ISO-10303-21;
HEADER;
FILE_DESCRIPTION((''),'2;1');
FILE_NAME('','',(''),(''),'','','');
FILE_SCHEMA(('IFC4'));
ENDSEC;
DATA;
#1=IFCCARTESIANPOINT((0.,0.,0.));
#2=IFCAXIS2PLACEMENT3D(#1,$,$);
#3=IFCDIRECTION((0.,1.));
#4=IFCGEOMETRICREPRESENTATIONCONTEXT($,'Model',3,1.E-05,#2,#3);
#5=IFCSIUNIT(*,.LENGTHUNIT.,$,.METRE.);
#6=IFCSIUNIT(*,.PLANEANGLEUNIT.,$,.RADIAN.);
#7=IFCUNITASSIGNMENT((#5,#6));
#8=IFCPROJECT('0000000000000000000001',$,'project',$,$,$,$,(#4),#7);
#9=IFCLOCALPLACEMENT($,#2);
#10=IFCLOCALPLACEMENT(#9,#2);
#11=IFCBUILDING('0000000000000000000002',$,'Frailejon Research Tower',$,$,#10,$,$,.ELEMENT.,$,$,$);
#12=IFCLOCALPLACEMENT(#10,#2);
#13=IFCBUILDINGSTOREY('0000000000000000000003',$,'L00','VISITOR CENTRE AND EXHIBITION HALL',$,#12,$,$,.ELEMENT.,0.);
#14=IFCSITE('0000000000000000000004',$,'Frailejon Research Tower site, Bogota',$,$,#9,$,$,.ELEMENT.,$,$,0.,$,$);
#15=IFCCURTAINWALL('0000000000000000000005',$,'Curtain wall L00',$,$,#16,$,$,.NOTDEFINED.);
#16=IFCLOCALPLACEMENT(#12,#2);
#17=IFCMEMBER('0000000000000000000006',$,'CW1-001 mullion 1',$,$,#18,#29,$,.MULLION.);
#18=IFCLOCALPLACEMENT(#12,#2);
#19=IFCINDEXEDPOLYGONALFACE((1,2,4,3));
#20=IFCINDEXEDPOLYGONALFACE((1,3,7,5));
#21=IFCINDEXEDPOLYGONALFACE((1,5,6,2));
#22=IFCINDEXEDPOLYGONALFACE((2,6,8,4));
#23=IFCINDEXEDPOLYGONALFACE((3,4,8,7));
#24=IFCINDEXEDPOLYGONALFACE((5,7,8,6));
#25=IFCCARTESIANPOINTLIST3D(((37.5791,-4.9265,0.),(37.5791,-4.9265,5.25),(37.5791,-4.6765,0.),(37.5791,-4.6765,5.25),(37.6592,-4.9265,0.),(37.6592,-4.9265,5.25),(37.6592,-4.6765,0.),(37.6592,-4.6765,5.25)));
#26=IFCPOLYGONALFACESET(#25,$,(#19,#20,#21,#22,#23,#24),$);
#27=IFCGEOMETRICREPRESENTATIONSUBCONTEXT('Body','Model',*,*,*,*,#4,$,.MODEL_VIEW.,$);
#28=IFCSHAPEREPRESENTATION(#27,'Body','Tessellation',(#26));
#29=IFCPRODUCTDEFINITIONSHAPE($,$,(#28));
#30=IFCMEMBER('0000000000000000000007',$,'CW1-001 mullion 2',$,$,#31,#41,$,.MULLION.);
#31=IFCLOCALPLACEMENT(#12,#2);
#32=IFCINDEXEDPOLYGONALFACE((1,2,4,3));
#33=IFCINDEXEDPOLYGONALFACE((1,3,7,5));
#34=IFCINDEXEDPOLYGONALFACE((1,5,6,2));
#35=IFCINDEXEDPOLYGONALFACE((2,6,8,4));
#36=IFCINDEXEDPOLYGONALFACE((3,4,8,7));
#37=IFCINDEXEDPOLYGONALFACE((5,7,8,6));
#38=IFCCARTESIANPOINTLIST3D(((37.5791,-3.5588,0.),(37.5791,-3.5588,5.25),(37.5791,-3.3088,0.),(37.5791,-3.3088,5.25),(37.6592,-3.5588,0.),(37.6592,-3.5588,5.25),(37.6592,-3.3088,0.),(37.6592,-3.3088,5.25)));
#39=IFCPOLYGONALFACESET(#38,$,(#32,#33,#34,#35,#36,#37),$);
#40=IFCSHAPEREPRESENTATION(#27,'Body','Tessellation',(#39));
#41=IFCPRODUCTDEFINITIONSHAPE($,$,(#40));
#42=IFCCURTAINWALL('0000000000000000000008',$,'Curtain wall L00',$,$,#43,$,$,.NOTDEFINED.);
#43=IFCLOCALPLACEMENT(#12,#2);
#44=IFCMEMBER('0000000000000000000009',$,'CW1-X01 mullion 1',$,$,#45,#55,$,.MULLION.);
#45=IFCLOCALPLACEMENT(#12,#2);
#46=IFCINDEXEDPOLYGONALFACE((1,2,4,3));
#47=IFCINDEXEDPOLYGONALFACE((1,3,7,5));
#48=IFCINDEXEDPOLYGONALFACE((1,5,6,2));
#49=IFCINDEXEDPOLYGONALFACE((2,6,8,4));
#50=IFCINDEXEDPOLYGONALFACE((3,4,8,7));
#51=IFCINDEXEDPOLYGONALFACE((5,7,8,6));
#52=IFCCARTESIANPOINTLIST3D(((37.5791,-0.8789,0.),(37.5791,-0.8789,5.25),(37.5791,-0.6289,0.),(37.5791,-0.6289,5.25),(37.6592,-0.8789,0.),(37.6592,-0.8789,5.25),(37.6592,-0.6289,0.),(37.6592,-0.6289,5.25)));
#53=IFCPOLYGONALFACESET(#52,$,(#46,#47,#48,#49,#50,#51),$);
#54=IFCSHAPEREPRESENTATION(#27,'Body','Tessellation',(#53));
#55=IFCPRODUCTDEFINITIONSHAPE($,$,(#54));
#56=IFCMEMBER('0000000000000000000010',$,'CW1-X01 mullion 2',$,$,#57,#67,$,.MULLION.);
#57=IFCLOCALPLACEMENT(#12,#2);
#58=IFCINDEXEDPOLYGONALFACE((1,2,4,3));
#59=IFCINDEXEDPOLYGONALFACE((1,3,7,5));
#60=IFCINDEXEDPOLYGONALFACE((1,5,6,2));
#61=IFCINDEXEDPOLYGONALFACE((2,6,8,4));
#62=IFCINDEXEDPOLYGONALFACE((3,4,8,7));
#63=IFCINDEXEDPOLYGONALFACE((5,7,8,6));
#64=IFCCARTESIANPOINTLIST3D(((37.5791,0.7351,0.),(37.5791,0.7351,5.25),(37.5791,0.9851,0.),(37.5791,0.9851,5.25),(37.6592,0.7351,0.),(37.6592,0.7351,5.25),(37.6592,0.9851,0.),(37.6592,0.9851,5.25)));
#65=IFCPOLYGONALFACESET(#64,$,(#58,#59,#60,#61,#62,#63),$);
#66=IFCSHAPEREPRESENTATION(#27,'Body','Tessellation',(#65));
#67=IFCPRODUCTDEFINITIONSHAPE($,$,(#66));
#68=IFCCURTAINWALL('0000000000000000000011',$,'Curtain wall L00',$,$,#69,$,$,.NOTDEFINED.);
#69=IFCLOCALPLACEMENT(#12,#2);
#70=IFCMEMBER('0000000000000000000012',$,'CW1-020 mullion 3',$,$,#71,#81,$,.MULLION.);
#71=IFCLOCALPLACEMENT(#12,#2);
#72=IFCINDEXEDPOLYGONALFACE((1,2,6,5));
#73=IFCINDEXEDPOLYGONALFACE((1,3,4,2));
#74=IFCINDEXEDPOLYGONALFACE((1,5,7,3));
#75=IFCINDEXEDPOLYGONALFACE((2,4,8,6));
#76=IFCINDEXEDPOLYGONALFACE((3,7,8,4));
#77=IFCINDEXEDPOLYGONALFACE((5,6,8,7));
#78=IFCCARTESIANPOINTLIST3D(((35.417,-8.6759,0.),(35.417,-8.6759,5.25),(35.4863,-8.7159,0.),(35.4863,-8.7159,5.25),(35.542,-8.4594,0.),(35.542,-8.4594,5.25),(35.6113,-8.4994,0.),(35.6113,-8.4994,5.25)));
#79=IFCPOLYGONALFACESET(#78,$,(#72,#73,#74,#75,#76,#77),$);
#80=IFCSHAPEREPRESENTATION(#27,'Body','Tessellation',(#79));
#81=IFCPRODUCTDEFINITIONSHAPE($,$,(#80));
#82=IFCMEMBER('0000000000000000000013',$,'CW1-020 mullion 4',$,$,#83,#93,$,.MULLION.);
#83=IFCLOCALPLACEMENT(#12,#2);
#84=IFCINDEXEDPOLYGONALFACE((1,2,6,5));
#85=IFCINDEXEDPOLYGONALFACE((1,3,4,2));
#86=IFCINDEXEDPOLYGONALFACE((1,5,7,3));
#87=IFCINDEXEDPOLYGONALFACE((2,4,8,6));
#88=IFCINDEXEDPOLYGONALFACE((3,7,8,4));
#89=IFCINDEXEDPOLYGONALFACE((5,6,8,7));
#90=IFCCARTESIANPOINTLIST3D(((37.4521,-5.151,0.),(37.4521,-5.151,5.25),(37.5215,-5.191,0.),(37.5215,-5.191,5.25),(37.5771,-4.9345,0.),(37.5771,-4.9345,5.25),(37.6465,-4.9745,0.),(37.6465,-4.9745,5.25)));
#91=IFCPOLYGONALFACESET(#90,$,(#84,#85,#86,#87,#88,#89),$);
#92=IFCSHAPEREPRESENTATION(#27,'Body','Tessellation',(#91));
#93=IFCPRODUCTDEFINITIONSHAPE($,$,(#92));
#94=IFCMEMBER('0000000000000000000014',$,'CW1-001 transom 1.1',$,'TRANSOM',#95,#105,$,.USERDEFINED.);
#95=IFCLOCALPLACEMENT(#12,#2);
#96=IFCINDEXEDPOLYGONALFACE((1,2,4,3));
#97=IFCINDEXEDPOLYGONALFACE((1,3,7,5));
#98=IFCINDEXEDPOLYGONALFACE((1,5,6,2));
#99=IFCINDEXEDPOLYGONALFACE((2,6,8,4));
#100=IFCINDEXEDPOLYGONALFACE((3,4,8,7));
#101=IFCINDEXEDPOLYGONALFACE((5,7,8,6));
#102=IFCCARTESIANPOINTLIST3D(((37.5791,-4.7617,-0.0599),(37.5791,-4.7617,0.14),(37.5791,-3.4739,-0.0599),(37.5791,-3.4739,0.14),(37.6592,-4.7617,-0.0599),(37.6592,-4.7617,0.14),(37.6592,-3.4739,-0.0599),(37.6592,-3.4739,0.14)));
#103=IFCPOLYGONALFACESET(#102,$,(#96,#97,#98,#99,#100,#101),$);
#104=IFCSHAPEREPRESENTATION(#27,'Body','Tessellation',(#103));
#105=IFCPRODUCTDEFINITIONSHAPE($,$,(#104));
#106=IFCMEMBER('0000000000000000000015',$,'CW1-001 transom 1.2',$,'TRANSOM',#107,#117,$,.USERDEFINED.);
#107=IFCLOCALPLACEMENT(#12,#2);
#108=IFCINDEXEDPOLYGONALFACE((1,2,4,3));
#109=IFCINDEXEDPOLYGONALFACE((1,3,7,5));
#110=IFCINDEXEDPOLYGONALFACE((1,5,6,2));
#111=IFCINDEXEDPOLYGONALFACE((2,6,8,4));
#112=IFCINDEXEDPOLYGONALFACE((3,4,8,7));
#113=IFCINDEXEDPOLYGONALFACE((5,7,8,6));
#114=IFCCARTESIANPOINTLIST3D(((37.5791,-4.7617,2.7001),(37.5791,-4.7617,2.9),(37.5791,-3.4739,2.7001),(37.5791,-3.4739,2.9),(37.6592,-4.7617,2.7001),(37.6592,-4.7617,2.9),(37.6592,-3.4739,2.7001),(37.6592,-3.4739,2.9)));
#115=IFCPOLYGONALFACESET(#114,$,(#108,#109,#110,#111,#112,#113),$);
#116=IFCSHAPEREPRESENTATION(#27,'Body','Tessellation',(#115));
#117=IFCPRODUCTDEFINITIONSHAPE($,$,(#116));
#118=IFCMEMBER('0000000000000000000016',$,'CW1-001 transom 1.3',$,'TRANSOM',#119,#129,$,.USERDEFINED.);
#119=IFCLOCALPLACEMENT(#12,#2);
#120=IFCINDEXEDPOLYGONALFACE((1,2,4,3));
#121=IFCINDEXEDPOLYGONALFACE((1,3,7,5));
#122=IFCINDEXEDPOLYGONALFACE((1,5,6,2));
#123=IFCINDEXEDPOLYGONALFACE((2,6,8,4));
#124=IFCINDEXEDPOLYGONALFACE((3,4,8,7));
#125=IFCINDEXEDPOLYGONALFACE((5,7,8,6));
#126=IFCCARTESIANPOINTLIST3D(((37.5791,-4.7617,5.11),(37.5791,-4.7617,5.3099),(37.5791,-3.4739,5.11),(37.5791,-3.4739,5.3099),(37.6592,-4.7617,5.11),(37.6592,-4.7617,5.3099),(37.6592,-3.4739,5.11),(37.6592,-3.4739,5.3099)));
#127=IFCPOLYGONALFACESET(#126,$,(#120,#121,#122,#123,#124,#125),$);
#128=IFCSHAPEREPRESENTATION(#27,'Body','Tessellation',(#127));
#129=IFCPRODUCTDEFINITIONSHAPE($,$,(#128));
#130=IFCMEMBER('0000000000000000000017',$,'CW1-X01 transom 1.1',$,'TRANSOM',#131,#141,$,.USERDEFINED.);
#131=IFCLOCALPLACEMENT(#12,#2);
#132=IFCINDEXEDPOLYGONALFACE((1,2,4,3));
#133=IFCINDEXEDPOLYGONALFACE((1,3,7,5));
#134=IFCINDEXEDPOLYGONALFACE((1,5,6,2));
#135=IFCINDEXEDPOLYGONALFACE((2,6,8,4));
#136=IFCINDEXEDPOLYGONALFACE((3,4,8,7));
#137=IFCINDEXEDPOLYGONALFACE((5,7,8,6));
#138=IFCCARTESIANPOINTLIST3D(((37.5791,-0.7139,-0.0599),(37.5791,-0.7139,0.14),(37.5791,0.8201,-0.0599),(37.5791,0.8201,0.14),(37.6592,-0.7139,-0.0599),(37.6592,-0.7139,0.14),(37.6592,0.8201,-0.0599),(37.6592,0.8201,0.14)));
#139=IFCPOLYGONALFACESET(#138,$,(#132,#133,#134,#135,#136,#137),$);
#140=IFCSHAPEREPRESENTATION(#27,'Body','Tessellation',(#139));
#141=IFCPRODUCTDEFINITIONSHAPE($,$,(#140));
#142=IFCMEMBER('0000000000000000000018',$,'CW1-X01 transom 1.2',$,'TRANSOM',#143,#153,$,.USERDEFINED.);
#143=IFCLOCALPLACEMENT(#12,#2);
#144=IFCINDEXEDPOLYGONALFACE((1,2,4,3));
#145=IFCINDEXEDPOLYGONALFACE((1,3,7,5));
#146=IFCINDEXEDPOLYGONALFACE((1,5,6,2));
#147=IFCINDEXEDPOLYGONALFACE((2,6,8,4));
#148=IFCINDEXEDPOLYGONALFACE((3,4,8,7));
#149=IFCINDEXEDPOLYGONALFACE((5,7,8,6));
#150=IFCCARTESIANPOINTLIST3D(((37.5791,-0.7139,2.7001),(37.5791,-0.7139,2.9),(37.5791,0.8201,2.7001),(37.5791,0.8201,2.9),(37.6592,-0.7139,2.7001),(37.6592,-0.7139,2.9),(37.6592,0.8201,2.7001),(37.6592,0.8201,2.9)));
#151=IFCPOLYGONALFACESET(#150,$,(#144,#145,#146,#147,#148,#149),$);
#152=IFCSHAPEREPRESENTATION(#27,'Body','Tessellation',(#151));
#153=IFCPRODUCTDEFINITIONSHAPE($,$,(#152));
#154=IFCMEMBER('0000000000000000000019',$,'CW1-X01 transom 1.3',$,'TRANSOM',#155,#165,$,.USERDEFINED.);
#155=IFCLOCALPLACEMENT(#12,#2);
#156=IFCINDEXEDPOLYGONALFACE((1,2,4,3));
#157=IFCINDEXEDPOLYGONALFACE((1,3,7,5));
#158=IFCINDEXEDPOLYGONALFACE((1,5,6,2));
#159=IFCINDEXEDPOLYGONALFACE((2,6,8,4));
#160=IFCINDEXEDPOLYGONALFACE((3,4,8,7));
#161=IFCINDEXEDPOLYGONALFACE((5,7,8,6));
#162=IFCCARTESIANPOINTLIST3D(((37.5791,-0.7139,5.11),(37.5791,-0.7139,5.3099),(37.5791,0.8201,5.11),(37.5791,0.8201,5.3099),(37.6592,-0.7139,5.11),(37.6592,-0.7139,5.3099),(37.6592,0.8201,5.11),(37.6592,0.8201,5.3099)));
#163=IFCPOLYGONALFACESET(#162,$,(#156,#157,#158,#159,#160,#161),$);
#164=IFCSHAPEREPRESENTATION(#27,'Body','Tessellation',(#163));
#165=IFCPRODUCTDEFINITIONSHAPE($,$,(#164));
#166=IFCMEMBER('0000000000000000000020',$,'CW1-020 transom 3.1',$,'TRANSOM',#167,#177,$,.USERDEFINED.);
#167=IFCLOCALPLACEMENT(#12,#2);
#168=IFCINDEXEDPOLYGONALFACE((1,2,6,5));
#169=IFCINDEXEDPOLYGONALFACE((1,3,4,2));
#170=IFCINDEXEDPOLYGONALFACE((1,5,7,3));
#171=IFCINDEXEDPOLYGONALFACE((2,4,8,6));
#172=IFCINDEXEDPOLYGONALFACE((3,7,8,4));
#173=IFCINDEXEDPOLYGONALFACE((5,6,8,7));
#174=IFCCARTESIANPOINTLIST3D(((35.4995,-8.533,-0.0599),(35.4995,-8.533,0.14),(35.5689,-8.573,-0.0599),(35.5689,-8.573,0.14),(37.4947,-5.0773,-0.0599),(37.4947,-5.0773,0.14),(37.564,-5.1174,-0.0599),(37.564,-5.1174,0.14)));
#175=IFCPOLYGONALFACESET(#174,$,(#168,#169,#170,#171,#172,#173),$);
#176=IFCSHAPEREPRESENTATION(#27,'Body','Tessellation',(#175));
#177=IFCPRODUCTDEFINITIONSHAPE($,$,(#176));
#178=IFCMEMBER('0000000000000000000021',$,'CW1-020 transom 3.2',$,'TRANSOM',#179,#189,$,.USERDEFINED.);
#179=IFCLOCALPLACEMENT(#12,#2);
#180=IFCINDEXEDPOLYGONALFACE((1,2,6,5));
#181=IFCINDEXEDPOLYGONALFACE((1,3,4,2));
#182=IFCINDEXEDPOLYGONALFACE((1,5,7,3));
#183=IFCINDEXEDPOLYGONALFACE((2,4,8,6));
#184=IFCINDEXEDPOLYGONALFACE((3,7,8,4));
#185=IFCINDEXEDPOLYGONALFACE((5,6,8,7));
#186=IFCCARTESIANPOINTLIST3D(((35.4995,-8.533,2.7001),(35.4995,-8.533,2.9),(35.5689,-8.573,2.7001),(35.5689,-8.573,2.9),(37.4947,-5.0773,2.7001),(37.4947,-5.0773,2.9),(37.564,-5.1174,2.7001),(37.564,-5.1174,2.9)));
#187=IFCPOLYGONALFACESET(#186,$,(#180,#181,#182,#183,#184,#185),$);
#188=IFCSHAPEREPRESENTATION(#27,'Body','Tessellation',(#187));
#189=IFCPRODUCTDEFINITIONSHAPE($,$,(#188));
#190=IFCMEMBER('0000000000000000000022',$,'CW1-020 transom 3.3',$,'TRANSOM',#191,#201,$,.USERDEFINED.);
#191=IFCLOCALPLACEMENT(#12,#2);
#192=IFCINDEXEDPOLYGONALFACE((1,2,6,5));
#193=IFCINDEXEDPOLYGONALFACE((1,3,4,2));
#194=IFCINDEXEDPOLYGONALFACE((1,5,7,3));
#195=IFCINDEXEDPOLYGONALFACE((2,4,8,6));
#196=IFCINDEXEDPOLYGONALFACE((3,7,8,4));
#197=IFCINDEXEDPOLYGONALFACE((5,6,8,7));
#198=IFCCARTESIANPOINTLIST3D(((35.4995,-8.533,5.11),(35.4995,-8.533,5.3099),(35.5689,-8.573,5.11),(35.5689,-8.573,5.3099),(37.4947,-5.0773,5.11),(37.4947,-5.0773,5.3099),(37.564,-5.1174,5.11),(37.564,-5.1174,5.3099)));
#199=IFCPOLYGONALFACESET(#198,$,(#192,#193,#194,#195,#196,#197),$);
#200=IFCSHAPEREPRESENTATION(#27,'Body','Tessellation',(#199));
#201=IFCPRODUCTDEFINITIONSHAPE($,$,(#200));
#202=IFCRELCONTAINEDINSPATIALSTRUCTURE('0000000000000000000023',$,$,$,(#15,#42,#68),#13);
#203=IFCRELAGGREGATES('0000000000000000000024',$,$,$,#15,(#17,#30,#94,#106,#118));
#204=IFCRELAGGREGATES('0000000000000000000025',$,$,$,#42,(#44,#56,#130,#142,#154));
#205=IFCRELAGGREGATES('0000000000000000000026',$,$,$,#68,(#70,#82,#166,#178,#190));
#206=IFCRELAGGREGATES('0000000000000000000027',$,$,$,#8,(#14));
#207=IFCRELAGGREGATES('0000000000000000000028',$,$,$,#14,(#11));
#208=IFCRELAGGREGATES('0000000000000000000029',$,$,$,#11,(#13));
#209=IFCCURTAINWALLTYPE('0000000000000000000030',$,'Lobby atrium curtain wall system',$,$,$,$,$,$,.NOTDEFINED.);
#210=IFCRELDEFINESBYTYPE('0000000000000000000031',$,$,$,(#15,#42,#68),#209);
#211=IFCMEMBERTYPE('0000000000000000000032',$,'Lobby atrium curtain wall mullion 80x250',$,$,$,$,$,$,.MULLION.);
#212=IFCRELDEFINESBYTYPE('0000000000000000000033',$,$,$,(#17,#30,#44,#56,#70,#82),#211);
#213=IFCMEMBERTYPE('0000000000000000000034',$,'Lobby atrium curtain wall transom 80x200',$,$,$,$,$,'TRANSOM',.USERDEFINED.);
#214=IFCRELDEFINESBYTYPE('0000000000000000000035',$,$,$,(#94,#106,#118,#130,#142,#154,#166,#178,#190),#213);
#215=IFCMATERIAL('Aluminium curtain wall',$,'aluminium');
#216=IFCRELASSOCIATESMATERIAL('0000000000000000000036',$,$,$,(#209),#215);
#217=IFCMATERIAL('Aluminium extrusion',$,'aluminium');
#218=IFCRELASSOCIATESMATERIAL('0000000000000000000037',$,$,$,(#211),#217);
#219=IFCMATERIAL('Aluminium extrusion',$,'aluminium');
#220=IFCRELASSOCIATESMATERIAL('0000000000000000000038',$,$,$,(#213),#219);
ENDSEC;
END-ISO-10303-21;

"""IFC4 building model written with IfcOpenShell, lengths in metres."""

from ifc_helpers import new_model, si_unit, direction, frame, origin, origin_2d, place, context, subcontext, project, spatial, rectangle, extrude, material, material_profile, profile_set, type_object, element, aggregate, save


model = new_model("IFC4")

# Units and contexts
model_context = context("Model", 3, precision=1e-05, world=origin(), true_north=direction((0.0, 1.0)))
body_context = subcontext(model_context, "Body", "Model", "MODEL_VIEW")
ifc_project = project(units=[si_unit("LENGTHUNIT", "METRE"), si_unit("PLANEANGLEUNIT", "RADIAN")], contexts=[model_context])

# Site, building, storey
site_placement = place(None, origin())
site = spatial("IfcSite", under=ifc_project, at=site_placement, Name="Frailejon Research Tower site, Bogota", CompositionType="ELEMENT", RefElevation=0.0)
building_placement = place(site_placement, origin())
building = spatial("IfcBuilding", under=site, at=building_placement, Name="Frailejon Research Tower", CompositionType="ELEMENT")
storey_placement = place(building_placement, origin())
storey = spatial("IfcBuildingStorey", under=building, at=storey_placement, Name="L00", Description="VISITOR CENTRE AND EXHIBITION HALL", CompositionType="ELEMENT", Elevation=0.0)

# Curtain walls, members
ifc_material_1 = material(Name="Aluminium curtain wall", Category="aluminium")
curtain_wall_type = type_object("IfcCurtainWallType", Name="Lobby atrium curtain wall system", PredefinedType="NOTDEFINED", material=ifc_material_1)
curtain_wall_1_placement = place(storey_placement, origin())
curtain_wall_1 = element("IfcCurtainWall", 1, at=curtain_wall_1_placement, inside=storey, type_object=curtain_wall_type, Name="Curtain wall L00", PredefinedType="NOTDEFINED")
ifc_material_2 = material(Name="Aluminium extrusion", Category="aluminium")
ifc_material_profile_1 = material_profile(ifc_material_2, rectangle(XDim=0.0801, YDim=0.25, at=origin_2d()), Name="Lobby atrium curtain wall mullion 80x250")
ifc_profile_set_1 = profile_set([ifc_material_profile_1], Name="Aluminium extrusion")
member_type_1 = type_object("IfcMemberType", Name="Lobby atrium curtain wall mullion 80x250", PredefinedType="MULLION", material=ifc_profile_set_1)
member_1_placement = place(storey_placement, frame((37.6191, -4.8015, 0.0), z_axis=(0.0, 0.0, 1.0), x_axis=(-1.0, 0.0, 0.0)))
member_1 = element("IfcMember", 2, at=member_1_placement, type_object=member_type_1, Name="CW1-001 mullion 1", PredefinedType="MULLION", context=body_context, shape_type="SweptSolid", body=[
    extrude(rectangle(XDim=0.0801, YDim=0.25, at=origin_2d()), origin(), (0.0, 0.0, 1.0), 5.25),
])
member_2_placement = place(storey_placement, frame((37.6191, -3.4338, 0.0), z_axis=(0.0, 0.0, 1.0), x_axis=(-1.0, 0.0, 0.0)))
member_2 = element("IfcMember", 3, at=member_2_placement, type_object=member_type_1, Name="CW1-001 mullion 2", PredefinedType="MULLION", context=body_context, shape_type="SweptSolid", body=[
    extrude(rectangle(XDim=0.0801, YDim=0.25, at=origin_2d()), origin(), (0.0, 0.0, 1.0), 5.25),
])
curtain_wall_2_placement = place(storey_placement, origin())
curtain_wall_2 = element("IfcCurtainWall", 4, at=curtain_wall_2_placement, inside=storey, type_object=curtain_wall_type, Name="Curtain wall L00", PredefinedType="NOTDEFINED")
member_3_placement = place(storey_placement, frame((37.6191, -0.7539, 0.0), z_axis=(0.0, 0.0, 1.0), x_axis=(-1.0, 0.0, 0.0)))
member_3 = element("IfcMember", 5, at=member_3_placement, type_object=member_type_1, Name="CW1-X01 mullion 1", PredefinedType="MULLION", context=body_context, shape_type="SweptSolid", body=[
    extrude(rectangle(XDim=0.0801, YDim=0.25, at=origin_2d()), origin(), (0.0, 0.0, 1.0), 5.25),
])
member_4_placement = place(storey_placement, frame((37.6191, 0.8601, 0.0), z_axis=(0.0, 0.0, 1.0), x_axis=(-1.0, 0.0, 0.0)))
member_4 = element("IfcMember", 6, at=member_4_placement, type_object=member_type_1, Name="CW1-X01 mullion 2", PredefinedType="MULLION", context=body_context, shape_type="SweptSolid", body=[
    extrude(rectangle(XDim=0.0801, YDim=0.25, at=origin_2d()), origin(), (0.0, 0.0, 1.0), 5.25),
])
curtain_wall_3_placement = place(storey_placement, origin())
curtain_wall_3 = element("IfcCurtainWall", 7, at=curtain_wall_3_placement, inside=storey, type_object=curtain_wall_type, Name="Curtain wall L00", PredefinedType="NOTDEFINED")
member_5_placement = place(storey_placement, frame((35.5142, -8.5876, 0.0), z_axis=(0.0, 0.0, 1.0), x_axis=(-0.866026, 0.5, 0.0)))
member_5 = element("IfcMember", 8, at=member_5_placement, type_object=member_type_1, Name="CW1-020 mullion 3", PredefinedType="MULLION", context=body_context, shape_type="SweptSolid", body=[
    extrude(rectangle(XDim=0.0801, YDim=0.25, at=origin_2d()), origin(), (0.0, 0.0, 1.0), 5.25),
])
member_6_placement = place(storey_placement, frame((37.5493, -5.0627, 0.0), z_axis=(0.0, 0.0, 1.0), x_axis=(-0.866026, 0.5, 0.0)))
member_6 = element("IfcMember", 9, at=member_6_placement, type_object=member_type_1, Name="CW1-020 mullion 4", PredefinedType="MULLION", context=body_context, shape_type="SweptSolid", body=[
    extrude(rectangle(XDim=0.0801, YDim=0.25, at=origin_2d()), origin(), (0.0, 0.0, 1.0), 5.25),
])

# Members
ifc_material_3 = material(Name="Aluminium extrusion", Category="aluminium")
ifc_material_profile_2 = material_profile(ifc_material_3, rectangle(XDim=0.0801, YDim=0.2, at=origin_2d()), Name="Lobby atrium curtain wall transom 80x200")
ifc_profile_set_2 = profile_set([ifc_material_profile_2], Name="Aluminium extrusion")
member_type_2 = type_object("IfcMemberType", Name="Lobby atrium curtain wall transom 80x200", ElementType="TRANSOM", PredefinedType="USERDEFINED", material=ifc_profile_set_2)
member_7_placement = place(storey_placement, frame((37.6191, -4.7617, 0.04), z_axis=(0.0, 1.0, 0.0), x_axis=(-1.0, 0.0, 0.0)))
member_7 = element("IfcMember", 10, at=member_7_placement, type_object=member_type_2, Name="CW1-001 transom 1.1", ObjectType="TRANSOM", PredefinedType="USERDEFINED", context=body_context, shape_type="SweptSolid", body=[
    extrude(rectangle(XDim=0.0801, YDim=0.2, at=origin_2d()), origin(), (0.0, 0.0, 1.0), 1.2878),
])
member_8_placement = place(storey_placement, frame((37.6191, -4.7617, 2.8), z_axis=(0.0, 1.0, 0.0), x_axis=(-1.0, 0.0, 0.0)))
member_8 = element("IfcMember", 11, at=member_8_placement, type_object=member_type_2, Name="CW1-001 transom 1.2", ObjectType="TRANSOM", PredefinedType="USERDEFINED", context=body_context, shape_type="SweptSolid", body=[
    extrude(rectangle(XDim=0.0801, YDim=0.2, at=origin_2d()), origin(), (0.0, 0.0, 1.0), 1.2878),
])
member_9_placement = place(storey_placement, frame((37.6191, -4.7617, 5.21), z_axis=(0.0, 1.0, 0.0), x_axis=(-1.0, 0.0, 0.0)))
member_9 = element("IfcMember", 12, at=member_9_placement, type_object=member_type_2, Name="CW1-001 transom 1.3", ObjectType="TRANSOM", PredefinedType="USERDEFINED", context=body_context, shape_type="SweptSolid", body=[
    extrude(rectangle(XDim=0.0801, YDim=0.2, at=origin_2d()), origin(), (0.0, 0.0, 1.0), 1.2878),
])
member_10_placement = place(storey_placement, frame((37.6191, -0.7139, 0.04), z_axis=(0.0, 1.0, 0.0), x_axis=(-1.0, 0.0, 0.0)))
member_10 = element("IfcMember", 13, at=member_10_placement, type_object=member_type_2, Name="CW1-X01 transom 1.1", ObjectType="TRANSOM", PredefinedType="USERDEFINED", context=body_context, shape_type="SweptSolid", body=[
    extrude(rectangle(XDim=0.0801, YDim=0.2, at=origin_2d()), origin(), (0.0, 0.0, 1.0), 1.5339),
])
member_11_placement = place(storey_placement, frame((37.6191, -0.7139, 2.8), z_axis=(0.0, 1.0, 0.0), x_axis=(-1.0, 0.0, 0.0)))
member_11 = element("IfcMember", 14, at=member_11_placement, type_object=member_type_2, Name="CW1-X01 transom 1.2", ObjectType="TRANSOM", PredefinedType="USERDEFINED", context=body_context, shape_type="SweptSolid", body=[
    extrude(rectangle(XDim=0.0801, YDim=0.2, at=origin_2d()), origin(), (0.0, 0.0, 1.0), 1.5339),
])
member_12_placement = place(storey_placement, frame((37.6191, -0.7139, 5.21), z_axis=(0.0, 1.0, 0.0), x_axis=(-1.0, 0.0, 0.0)))
member_12 = element("IfcMember", 15, at=member_12_placement, type_object=member_type_2, Name="CW1-X01 transom 1.3", ObjectType="TRANSOM", PredefinedType="USERDEFINED", context=body_context, shape_type="SweptSolid", body=[
    extrude(rectangle(XDim=0.0801, YDim=0.2, at=origin_2d()), origin(), (0.0, 0.0, 1.0), 1.5339),
])
member_13_placement = place(storey_placement, frame((35.5342, -8.553, 0.04), z_axis=(0.500008, 0.866021, 0.0), x_axis=(-0.866021, 0.500008, 0.0)))
member_13 = element("IfcMember", 16, at=member_13_placement, type_object=member_type_2, Name="CW1-020 transom 3.1", ObjectType="TRANSOM", PredefinedType="USERDEFINED", context=body_context, shape_type="SweptSolid", body=[
    extrude(rectangle(XDim=0.0801, YDim=0.2, at=origin_2d()), origin(), (0.0, 0.0, 1.0), 3.9902),
])
member_14_placement = place(storey_placement, frame((35.5342, -8.553, 2.8), z_axis=(0.500008, 0.866021, 0.0), x_axis=(-0.866021, 0.500008, 0.0)))
member_14 = element("IfcMember", 17, at=member_14_placement, type_object=member_type_2, Name="CW1-020 transom 3.2", ObjectType="TRANSOM", PredefinedType="USERDEFINED", context=body_context, shape_type="SweptSolid", body=[
    extrude(rectangle(XDim=0.0801, YDim=0.2, at=origin_2d()), origin(), (0.0, 0.0, 1.0), 3.9902),
])
member_15_placement = place(storey_placement, frame((35.5342, -8.553, 5.21), z_axis=(0.500008, 0.866021, 0.0), x_axis=(-0.866021, 0.500008, 0.0)))
member_15 = element("IfcMember", 18, at=member_15_placement, type_object=member_type_2, Name="CW1-020 transom 3.3", ObjectType="TRANSOM", PredefinedType="USERDEFINED", context=body_context, shape_type="SweptSolid", body=[
    extrude(rectangle(XDim=0.0801, YDim=0.2, at=origin_2d()), origin(), (0.0, 0.0, 1.0), 3.9902),
])

aggregate(curtain_wall_1, [member_1, member_2, member_7, member_8, member_9])
aggregate(curtain_wall_2, [member_3, member_4, member_10, member_11, member_12])
aggregate(curtain_wall_3, [member_5, member_6, member_13, member_14, member_15])

save(model, "model.ifc")
